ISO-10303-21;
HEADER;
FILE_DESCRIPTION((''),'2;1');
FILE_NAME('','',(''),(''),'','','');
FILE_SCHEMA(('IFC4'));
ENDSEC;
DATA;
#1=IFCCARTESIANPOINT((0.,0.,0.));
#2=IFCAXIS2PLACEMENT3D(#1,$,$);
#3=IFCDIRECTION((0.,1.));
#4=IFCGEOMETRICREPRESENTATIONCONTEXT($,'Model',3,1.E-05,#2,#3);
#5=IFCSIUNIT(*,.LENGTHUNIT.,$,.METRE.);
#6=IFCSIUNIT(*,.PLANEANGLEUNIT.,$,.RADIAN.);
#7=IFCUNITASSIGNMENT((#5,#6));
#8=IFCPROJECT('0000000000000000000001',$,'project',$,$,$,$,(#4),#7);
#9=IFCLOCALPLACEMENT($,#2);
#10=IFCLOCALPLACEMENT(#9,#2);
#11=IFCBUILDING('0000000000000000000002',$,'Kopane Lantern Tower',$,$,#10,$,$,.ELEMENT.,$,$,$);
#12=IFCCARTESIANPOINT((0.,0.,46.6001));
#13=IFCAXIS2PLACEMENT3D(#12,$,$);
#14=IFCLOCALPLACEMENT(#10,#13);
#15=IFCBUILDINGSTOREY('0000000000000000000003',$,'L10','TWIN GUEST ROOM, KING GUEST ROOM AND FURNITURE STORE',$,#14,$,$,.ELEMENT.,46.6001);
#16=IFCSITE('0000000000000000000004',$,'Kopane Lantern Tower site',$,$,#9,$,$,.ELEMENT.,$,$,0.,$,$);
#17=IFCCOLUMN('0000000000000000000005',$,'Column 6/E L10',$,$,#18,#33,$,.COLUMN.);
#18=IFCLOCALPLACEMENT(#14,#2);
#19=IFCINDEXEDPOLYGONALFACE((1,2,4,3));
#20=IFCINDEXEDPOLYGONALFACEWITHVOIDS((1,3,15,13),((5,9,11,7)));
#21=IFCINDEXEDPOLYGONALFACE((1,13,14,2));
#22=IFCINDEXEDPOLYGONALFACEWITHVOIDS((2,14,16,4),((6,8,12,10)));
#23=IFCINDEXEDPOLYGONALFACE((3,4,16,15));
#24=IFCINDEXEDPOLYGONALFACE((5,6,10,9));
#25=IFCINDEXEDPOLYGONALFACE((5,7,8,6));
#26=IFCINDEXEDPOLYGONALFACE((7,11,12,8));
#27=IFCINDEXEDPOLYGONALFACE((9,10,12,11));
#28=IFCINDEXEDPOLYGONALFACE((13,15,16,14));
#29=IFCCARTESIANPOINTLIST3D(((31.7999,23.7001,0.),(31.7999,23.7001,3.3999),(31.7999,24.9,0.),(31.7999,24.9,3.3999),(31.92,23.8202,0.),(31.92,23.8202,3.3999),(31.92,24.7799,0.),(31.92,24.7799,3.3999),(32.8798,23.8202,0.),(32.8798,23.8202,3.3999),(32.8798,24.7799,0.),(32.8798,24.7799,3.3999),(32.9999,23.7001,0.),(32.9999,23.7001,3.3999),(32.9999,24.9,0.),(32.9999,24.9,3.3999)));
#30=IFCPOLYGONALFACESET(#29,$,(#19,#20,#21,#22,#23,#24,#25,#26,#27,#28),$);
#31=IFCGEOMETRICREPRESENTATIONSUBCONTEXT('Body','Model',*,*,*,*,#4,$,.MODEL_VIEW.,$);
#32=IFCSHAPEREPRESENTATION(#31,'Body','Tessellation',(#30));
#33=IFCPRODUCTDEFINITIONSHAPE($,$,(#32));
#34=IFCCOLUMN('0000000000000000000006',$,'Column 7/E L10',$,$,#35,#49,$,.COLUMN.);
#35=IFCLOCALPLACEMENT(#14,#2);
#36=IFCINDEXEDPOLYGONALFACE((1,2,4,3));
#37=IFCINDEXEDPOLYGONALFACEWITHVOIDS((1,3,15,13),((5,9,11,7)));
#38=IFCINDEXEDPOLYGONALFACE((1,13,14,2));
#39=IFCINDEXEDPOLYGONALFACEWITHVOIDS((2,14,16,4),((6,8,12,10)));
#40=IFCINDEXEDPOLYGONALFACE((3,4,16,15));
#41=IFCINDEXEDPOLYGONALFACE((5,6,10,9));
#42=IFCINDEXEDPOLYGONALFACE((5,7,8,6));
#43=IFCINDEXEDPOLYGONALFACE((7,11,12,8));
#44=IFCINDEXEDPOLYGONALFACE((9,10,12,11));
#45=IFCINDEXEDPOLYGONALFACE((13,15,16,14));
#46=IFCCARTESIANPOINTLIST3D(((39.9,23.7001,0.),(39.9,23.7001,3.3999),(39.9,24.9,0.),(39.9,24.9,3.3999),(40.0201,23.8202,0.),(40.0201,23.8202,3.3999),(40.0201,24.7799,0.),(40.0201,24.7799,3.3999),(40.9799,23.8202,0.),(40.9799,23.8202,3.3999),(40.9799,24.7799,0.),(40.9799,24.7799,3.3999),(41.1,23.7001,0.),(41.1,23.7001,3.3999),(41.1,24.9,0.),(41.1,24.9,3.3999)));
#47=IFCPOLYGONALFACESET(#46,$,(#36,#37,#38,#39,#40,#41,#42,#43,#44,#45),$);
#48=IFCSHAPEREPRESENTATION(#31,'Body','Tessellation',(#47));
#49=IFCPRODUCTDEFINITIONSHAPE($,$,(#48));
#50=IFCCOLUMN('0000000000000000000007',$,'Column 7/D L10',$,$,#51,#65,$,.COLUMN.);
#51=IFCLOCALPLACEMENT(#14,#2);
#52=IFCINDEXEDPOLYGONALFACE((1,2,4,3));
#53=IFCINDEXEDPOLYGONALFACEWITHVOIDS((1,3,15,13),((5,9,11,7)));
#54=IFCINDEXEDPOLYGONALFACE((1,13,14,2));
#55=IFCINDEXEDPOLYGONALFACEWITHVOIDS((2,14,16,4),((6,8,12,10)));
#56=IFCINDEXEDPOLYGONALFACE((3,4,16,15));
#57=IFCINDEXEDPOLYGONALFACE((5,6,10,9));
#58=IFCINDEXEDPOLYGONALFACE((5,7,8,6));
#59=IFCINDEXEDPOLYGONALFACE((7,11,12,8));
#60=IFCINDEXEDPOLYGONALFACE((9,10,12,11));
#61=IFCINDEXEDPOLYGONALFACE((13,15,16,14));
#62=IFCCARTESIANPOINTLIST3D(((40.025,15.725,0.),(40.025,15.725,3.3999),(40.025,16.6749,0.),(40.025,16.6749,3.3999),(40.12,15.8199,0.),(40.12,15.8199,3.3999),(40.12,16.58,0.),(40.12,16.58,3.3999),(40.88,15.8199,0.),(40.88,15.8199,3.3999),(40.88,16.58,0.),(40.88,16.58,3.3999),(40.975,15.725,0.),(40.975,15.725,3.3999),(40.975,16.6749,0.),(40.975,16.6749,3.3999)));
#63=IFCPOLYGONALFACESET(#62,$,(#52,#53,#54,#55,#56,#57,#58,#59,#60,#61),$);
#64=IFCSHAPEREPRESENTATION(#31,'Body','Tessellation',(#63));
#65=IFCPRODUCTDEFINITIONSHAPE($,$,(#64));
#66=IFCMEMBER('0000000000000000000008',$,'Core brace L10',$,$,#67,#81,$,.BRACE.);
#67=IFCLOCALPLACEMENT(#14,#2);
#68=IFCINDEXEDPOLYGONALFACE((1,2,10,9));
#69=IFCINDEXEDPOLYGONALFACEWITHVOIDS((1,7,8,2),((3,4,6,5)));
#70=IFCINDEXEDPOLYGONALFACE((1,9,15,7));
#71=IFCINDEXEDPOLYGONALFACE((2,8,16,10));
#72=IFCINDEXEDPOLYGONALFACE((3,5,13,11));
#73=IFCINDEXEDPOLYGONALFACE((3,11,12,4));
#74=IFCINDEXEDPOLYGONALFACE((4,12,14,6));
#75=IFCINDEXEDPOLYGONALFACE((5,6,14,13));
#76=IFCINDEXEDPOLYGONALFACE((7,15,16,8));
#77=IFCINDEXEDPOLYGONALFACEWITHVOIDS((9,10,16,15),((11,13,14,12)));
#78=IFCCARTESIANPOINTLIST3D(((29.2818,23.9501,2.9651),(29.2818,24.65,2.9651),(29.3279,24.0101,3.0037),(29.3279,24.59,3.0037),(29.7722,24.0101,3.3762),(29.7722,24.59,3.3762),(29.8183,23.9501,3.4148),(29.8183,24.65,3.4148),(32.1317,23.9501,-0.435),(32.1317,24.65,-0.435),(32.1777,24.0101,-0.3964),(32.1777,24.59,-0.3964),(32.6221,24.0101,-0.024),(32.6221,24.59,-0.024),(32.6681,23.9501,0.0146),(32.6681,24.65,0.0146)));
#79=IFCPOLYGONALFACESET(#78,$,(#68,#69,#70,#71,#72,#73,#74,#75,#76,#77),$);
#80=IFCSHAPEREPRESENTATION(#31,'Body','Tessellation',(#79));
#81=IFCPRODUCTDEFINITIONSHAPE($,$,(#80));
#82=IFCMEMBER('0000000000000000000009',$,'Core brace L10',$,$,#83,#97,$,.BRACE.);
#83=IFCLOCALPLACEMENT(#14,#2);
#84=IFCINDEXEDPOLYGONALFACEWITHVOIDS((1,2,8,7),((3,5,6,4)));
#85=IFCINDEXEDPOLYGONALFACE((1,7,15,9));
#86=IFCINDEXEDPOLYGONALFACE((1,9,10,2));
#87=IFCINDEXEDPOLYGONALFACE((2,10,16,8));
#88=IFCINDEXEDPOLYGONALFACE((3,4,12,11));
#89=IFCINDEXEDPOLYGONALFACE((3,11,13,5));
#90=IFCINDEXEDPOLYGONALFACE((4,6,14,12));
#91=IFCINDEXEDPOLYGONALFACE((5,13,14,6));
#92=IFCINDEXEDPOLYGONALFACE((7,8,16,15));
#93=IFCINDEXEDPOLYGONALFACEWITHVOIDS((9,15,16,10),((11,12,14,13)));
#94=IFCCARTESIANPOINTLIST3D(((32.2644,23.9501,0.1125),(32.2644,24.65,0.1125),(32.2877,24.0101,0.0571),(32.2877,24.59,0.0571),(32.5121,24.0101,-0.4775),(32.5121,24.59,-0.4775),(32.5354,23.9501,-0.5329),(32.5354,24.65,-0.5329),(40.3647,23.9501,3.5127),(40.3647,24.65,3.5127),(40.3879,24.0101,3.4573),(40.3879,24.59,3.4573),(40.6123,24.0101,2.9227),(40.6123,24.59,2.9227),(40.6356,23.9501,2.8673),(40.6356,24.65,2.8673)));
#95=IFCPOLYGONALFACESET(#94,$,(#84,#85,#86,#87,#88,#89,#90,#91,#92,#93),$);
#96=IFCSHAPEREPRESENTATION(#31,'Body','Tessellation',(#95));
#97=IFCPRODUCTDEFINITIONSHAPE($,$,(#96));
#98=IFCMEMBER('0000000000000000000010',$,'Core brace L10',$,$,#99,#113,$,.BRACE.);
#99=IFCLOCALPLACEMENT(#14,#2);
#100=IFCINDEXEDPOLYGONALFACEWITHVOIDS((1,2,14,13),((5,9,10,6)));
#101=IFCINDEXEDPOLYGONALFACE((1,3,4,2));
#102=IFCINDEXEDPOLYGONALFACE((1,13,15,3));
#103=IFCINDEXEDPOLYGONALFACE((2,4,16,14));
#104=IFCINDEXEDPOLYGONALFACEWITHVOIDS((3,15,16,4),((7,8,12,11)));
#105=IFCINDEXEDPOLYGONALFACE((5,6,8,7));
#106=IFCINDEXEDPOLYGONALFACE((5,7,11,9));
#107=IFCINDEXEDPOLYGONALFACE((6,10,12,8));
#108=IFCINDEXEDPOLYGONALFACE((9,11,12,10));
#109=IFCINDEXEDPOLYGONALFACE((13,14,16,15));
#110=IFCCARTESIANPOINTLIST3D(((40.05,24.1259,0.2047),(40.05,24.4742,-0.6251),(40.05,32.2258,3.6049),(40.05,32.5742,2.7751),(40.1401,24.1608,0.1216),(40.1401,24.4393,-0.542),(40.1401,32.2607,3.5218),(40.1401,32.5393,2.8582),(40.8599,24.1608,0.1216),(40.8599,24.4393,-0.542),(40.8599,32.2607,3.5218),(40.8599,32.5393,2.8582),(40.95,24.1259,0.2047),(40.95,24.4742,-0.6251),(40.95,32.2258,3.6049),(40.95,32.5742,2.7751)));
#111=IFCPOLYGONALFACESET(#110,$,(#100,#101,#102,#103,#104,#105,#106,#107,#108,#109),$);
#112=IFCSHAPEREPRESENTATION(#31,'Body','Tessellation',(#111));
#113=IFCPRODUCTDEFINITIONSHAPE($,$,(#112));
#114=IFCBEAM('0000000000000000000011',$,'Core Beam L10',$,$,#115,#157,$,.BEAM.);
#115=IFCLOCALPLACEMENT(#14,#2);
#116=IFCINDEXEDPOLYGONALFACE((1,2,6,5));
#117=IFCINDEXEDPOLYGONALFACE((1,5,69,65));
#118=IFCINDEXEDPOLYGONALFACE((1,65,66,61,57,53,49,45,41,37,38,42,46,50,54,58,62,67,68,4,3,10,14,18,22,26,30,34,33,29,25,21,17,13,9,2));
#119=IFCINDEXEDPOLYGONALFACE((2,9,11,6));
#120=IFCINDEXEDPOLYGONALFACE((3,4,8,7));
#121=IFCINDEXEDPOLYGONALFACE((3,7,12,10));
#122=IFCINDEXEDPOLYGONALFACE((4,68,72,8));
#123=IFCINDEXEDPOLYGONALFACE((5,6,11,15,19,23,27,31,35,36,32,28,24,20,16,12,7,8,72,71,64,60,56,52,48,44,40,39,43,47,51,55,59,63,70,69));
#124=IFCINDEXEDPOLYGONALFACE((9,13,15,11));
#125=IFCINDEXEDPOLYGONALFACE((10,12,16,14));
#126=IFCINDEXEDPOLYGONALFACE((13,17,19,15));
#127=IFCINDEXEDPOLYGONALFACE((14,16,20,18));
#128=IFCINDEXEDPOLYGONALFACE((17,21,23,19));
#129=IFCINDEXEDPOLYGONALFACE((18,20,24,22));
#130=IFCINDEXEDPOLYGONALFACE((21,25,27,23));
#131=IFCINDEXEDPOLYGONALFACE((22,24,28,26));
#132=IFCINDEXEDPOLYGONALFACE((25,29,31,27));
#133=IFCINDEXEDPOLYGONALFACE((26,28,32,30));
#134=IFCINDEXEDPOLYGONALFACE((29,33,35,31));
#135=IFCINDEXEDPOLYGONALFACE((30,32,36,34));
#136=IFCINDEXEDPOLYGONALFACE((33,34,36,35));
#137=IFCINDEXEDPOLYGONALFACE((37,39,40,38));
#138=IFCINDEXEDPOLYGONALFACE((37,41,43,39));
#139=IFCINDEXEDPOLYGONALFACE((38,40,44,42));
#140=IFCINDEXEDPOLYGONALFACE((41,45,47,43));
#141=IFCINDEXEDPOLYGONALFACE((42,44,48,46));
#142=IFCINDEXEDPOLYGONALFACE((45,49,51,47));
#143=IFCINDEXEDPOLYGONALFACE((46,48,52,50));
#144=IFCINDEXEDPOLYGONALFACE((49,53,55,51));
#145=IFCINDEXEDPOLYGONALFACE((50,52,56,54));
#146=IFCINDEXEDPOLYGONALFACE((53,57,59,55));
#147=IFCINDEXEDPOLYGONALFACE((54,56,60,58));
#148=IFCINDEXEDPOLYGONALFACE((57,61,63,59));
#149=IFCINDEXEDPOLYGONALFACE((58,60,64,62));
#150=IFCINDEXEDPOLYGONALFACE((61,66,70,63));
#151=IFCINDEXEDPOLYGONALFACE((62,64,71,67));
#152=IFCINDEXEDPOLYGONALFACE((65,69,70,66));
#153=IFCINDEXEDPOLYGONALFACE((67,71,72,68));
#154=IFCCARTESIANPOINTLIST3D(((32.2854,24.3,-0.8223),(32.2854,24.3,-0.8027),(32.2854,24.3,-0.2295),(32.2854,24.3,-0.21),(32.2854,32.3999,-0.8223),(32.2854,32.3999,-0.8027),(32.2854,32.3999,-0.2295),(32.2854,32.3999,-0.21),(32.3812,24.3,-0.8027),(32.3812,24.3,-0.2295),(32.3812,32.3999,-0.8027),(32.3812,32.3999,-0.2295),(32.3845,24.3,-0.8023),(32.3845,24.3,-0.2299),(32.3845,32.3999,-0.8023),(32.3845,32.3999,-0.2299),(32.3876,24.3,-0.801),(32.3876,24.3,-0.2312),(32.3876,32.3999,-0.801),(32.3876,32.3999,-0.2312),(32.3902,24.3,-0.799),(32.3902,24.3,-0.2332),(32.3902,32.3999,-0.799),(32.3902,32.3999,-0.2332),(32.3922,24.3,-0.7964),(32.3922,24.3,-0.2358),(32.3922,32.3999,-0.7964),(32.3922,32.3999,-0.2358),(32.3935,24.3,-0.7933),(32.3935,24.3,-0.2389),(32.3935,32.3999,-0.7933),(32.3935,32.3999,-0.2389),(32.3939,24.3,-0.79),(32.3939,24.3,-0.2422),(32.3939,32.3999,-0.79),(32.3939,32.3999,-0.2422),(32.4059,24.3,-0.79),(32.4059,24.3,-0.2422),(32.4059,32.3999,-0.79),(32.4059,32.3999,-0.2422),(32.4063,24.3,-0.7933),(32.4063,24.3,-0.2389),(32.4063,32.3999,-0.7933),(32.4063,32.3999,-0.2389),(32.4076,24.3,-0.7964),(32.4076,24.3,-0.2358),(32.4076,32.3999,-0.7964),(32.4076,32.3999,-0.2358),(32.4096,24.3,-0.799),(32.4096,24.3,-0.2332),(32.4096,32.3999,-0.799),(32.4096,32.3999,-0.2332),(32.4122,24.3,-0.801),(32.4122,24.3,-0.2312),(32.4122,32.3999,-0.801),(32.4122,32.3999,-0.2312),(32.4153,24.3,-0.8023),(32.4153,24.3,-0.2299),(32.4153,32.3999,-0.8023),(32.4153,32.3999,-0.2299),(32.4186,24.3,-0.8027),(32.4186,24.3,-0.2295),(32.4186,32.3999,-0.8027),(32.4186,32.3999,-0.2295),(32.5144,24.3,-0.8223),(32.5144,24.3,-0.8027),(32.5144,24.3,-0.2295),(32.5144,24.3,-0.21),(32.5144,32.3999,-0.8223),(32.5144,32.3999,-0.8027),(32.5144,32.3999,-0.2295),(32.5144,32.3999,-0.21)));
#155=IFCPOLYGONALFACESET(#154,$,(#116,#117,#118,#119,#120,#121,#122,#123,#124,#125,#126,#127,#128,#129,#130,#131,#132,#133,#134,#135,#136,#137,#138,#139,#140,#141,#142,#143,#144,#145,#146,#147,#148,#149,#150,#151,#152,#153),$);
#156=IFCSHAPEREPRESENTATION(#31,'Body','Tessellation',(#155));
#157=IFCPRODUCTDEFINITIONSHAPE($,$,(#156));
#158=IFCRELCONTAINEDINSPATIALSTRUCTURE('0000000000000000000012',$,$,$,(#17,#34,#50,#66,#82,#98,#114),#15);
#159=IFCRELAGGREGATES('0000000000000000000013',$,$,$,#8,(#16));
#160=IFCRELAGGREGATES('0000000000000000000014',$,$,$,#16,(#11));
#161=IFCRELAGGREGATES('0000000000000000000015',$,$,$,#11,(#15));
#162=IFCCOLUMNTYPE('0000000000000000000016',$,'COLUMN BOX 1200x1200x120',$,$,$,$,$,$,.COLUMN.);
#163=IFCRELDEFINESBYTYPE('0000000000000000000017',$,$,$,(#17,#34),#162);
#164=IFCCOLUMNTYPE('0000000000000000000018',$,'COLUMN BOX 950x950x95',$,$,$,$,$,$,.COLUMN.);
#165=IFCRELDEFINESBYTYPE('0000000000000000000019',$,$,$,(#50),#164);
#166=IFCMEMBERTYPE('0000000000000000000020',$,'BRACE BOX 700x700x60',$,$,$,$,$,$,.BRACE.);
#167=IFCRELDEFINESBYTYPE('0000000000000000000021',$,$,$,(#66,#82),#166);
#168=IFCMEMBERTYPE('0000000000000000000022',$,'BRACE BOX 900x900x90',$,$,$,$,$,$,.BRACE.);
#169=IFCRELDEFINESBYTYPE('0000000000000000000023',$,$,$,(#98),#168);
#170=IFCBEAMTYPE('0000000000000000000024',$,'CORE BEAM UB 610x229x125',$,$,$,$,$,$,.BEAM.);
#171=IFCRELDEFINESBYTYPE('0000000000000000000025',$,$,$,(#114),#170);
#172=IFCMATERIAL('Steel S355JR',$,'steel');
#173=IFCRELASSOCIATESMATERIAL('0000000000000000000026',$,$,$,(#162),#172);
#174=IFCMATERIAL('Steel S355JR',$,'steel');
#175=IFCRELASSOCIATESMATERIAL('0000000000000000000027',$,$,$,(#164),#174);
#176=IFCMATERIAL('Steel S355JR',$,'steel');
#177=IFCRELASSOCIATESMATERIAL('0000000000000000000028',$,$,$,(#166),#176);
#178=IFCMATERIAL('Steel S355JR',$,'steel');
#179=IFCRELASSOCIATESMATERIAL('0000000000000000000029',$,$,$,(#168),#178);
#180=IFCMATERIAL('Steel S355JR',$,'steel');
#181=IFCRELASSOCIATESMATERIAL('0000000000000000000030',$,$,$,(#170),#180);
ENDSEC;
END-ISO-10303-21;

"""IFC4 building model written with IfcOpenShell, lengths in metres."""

from ifc_helpers import new_model, si_unit, direction, frame, origin, origin_2d, place, context, subcontext, project, spatial, hollow_rectangle, i_section, extrude, material, material_profile, profile_set, type_object, element, save


model = new_model("IFC4")

# Units and contexts
model_context = context("Model", 3, precision=1e-05, world=origin(), true_north=direction((0.0, 1.0)))
body_context = subcontext(model_context, "Body", "Model", "MODEL_VIEW")
ifc_project = project(units=[si_unit("LENGTHUNIT", "METRE"), si_unit("PLANEANGLEUNIT", "RADIAN")], contexts=[model_context])

# Site, building, storey
site_placement = place(None, origin())
site = spatial("IfcSite", under=ifc_project, at=site_placement, Name="Kopane Lantern Tower site", CompositionType="ELEMENT", RefElevation=0.0)
building_placement = place(site_placement, origin())
building = spatial("IfcBuilding", under=site, at=building_placement, Name="Kopane Lantern Tower", CompositionType="ELEMENT")
storey_placement = place(building_placement, frame((0.0, 0.0, 46.6001)))
storey = spatial("IfcBuildingStorey", under=building, at=storey_placement, Name="L10", Description="TWIN GUEST ROOM, KING GUEST ROOM AND FURNITURE STORE", CompositionType="ELEMENT", Elevation=46.6001)

# Columns
ifc_material_1 = material(Name="Steel S355JR", Category="steel")
ifc_material_profile_1 = material_profile(ifc_material_1, hollow_rectangle(XDim=1.2, YDim=1.2, WallThickness=0.1201, at=origin_2d()), Name="BOX 1200x1200x120")
ifc_profile_set_1 = profile_set([ifc_material_profile_1], Name="Steel S355JR")
column_type_1 = type_object("IfcColumnType", Name="COLUMN BOX 1200x1200x120", PredefinedType="COLUMN", material=ifc_profile_set_1)
for number, where, z_axis, x_axis, name in (
    (1, (32.3999, 24.3, 0.0), (0.0, 0.0, 1.0), (1.0, 0.0, 0.0), "Column 6/E L10"),
    (2, (40.5, 24.3, 0.0), (0.0, 0.0, 1.0), (1.0, 0.0, 0.0), "Column 7/E L10"),
):
    element("IfcColumn", number, at=place(storey_placement, frame(where, z_axis=z_axis, x_axis=x_axis)), inside=storey, type_object=column_type_1, Name=name, PredefinedType="COLUMN", context=body_context, shape_type="SweptSolid", body=[
        extrude(hollow_rectangle(XDim=1.2, YDim=1.2, WallThickness=0.1201, at=origin_2d()), origin(), (0.0, 0.0, 1.0), 3.3999),
    ])
ifc_material_2 = material(Name="Steel S355JR", Category="steel")
ifc_material_profile_2 = material_profile(ifc_material_2, hollow_rectangle(XDim=0.95, YDim=0.95, WallThickness=0.095, at=origin_2d()), Name="BOX 950x950x95")
ifc_profile_set_2 = profile_set([ifc_material_profile_2], Name="Steel S355JR")
column_type_2 = type_object("IfcColumnType", Name="COLUMN BOX 950x950x95", PredefinedType="COLUMN", material=ifc_profile_set_2)
column_placement = place(storey_placement, frame((40.5, 16.2, 0.0), z_axis=(0.0, 0.0, 1.0), x_axis=(1.0, 0.0, 0.0)))
element("IfcColumn", 3, at=column_placement, inside=storey, type_object=column_type_2, Name="Column 7/D L10", PredefinedType="COLUMN", context=body_context, shape_type="SweptSolid", body=[
    extrude(hollow_rectangle(XDim=0.95, YDim=0.95, WallThickness=0.095, at=origin_2d()), origin(), (0.0, 0.0, 1.0), 3.3999),
])

# Members
ifc_material_3 = material(Name="Steel S355JR", Category="steel")
ifc_material_profile_3 = material_profile(ifc_material_3, hollow_rectangle(XDim=0.7, YDim=0.7, WallThickness=0.0601, at=origin_2d()), Name="BOX 700x700x60")
ifc_profile_set_3 = profile_set([ifc_material_profile_3], Name="Steel S355JR")
member_type_1 = type_object("IfcMemberType", Name="BRACE BOX 700x700x60", PredefinedType="BRACE", material=ifc_profile_set_3)
member_1_placement = place(storey_placement, frame((32.3999, 24.3, -0.2102), z_axis=(-0.642363, 0.0, 0.7664), x_axis=(0.0, -1.0, 0.0)))
element("IfcMember", 4, at=member_1_placement, inside=storey, type_object=member_type_1, Name="Core brace L10", PredefinedType="BRACE", context=body_context, shape_type="SweptSolid", body=[
    extrude(hollow_rectangle(XDim=0.7, YDim=0.7, WallThickness=0.0601, at=origin_2d()), origin(), (0.0, 0.0, 1.0), 4.4365),
])
member_2_placement = place(storey_placement, frame((32.3999, 24.3, -0.2102), z_axis=(0.922059, 0.0, 0.387049), x_axis=(0.0, 1.0, 0.0)))
element("IfcMember", 5, at=member_2_placement, inside=storey, type_object=member_type_1, Name="Core brace L10", PredefinedType="BRACE", context=body_context, shape_type="SweptSolid", body=[
    extrude(hollow_rectangle(XDim=0.7, YDim=0.7, WallThickness=0.0601, at=origin_2d()), origin(), (0.0, 0.0, 1.0), 8.7849),
])
ifc_material_4 = material(Name="Steel S355JR", Category="steel")
ifc_material_profile_4 = material_profile(ifc_material_4, hollow_rectangle(XDim=0.8999, YDim=0.8999, WallThickness=0.0901, at=origin_2d()), Name="BOX 900x900x90")
ifc_profile_set_4 = profile_set([ifc_material_profile_4], Name="Steel S355JR")
member_type_2 = type_object("IfcMemberType", Name="BRACE BOX 900x900x90", PredefinedType="BRACE", material=ifc_profile_set_4)
member_3_placement = place(storey_placement, frame((40.5, 24.3, -0.2102), z_axis=(0.0, 0.922055, 0.387059), x_axis=(-1.0, 0.0, 0.0)))
element("IfcMember", 6, at=member_3_placement, inside=storey, type_object=member_type_2, Name="Core brace L10", PredefinedType="BRACE", context=body_context, shape_type="SweptSolid", body=[
    extrude(hollow_rectangle(XDim=0.8999, YDim=0.8999, WallThickness=0.0901, at=origin_2d()), origin(), (0.0, 0.0, 1.0), 8.7847),
])

# Beam
ifc_material_5 = material(Name="Steel S355JR", Category="steel")
ifc_material_profile_5 = material_profile(ifc_material_5, i_section(OverallWidth=0.229, OverallDepth=0.6123, WebThickness=0.012, FlangeThickness=0.0195, FilletRadius=0.0127, at=origin_2d()), Name="UB 610x229x125")
ifc_profile_set_5 = profile_set([ifc_material_profile_5], Name="Steel S355JR")
beam_type_1 = type_object("IfcBeamType", Name="CORE BEAM UB 610x229x125", PredefinedType="BEAM", material=ifc_profile_set_5)
beam_1_placement = place(storey_placement, frame((32.3999, 24.3, -0.5161), z_axis=(0.0, 1.0, 0.0), x_axis=(-1.0, 0.0, 0.0)))
element("IfcBeam", 7, at=beam_1_placement, inside=storey, type_object=beam_type_1, Name="Core Beam L10", PredefinedType="BEAM", context=body_context, shape_type="SweptSolid", body=[
    extrude(i_section(OverallWidth=0.229, OverallDepth=0.6123, WebThickness=0.012, FlangeThickness=0.0195, FilletRadius=0.0127, at=origin_2d()), origin(), (0.0, 0.0, 1.0), 8.0999),
])

save(model, "model.ifc")
